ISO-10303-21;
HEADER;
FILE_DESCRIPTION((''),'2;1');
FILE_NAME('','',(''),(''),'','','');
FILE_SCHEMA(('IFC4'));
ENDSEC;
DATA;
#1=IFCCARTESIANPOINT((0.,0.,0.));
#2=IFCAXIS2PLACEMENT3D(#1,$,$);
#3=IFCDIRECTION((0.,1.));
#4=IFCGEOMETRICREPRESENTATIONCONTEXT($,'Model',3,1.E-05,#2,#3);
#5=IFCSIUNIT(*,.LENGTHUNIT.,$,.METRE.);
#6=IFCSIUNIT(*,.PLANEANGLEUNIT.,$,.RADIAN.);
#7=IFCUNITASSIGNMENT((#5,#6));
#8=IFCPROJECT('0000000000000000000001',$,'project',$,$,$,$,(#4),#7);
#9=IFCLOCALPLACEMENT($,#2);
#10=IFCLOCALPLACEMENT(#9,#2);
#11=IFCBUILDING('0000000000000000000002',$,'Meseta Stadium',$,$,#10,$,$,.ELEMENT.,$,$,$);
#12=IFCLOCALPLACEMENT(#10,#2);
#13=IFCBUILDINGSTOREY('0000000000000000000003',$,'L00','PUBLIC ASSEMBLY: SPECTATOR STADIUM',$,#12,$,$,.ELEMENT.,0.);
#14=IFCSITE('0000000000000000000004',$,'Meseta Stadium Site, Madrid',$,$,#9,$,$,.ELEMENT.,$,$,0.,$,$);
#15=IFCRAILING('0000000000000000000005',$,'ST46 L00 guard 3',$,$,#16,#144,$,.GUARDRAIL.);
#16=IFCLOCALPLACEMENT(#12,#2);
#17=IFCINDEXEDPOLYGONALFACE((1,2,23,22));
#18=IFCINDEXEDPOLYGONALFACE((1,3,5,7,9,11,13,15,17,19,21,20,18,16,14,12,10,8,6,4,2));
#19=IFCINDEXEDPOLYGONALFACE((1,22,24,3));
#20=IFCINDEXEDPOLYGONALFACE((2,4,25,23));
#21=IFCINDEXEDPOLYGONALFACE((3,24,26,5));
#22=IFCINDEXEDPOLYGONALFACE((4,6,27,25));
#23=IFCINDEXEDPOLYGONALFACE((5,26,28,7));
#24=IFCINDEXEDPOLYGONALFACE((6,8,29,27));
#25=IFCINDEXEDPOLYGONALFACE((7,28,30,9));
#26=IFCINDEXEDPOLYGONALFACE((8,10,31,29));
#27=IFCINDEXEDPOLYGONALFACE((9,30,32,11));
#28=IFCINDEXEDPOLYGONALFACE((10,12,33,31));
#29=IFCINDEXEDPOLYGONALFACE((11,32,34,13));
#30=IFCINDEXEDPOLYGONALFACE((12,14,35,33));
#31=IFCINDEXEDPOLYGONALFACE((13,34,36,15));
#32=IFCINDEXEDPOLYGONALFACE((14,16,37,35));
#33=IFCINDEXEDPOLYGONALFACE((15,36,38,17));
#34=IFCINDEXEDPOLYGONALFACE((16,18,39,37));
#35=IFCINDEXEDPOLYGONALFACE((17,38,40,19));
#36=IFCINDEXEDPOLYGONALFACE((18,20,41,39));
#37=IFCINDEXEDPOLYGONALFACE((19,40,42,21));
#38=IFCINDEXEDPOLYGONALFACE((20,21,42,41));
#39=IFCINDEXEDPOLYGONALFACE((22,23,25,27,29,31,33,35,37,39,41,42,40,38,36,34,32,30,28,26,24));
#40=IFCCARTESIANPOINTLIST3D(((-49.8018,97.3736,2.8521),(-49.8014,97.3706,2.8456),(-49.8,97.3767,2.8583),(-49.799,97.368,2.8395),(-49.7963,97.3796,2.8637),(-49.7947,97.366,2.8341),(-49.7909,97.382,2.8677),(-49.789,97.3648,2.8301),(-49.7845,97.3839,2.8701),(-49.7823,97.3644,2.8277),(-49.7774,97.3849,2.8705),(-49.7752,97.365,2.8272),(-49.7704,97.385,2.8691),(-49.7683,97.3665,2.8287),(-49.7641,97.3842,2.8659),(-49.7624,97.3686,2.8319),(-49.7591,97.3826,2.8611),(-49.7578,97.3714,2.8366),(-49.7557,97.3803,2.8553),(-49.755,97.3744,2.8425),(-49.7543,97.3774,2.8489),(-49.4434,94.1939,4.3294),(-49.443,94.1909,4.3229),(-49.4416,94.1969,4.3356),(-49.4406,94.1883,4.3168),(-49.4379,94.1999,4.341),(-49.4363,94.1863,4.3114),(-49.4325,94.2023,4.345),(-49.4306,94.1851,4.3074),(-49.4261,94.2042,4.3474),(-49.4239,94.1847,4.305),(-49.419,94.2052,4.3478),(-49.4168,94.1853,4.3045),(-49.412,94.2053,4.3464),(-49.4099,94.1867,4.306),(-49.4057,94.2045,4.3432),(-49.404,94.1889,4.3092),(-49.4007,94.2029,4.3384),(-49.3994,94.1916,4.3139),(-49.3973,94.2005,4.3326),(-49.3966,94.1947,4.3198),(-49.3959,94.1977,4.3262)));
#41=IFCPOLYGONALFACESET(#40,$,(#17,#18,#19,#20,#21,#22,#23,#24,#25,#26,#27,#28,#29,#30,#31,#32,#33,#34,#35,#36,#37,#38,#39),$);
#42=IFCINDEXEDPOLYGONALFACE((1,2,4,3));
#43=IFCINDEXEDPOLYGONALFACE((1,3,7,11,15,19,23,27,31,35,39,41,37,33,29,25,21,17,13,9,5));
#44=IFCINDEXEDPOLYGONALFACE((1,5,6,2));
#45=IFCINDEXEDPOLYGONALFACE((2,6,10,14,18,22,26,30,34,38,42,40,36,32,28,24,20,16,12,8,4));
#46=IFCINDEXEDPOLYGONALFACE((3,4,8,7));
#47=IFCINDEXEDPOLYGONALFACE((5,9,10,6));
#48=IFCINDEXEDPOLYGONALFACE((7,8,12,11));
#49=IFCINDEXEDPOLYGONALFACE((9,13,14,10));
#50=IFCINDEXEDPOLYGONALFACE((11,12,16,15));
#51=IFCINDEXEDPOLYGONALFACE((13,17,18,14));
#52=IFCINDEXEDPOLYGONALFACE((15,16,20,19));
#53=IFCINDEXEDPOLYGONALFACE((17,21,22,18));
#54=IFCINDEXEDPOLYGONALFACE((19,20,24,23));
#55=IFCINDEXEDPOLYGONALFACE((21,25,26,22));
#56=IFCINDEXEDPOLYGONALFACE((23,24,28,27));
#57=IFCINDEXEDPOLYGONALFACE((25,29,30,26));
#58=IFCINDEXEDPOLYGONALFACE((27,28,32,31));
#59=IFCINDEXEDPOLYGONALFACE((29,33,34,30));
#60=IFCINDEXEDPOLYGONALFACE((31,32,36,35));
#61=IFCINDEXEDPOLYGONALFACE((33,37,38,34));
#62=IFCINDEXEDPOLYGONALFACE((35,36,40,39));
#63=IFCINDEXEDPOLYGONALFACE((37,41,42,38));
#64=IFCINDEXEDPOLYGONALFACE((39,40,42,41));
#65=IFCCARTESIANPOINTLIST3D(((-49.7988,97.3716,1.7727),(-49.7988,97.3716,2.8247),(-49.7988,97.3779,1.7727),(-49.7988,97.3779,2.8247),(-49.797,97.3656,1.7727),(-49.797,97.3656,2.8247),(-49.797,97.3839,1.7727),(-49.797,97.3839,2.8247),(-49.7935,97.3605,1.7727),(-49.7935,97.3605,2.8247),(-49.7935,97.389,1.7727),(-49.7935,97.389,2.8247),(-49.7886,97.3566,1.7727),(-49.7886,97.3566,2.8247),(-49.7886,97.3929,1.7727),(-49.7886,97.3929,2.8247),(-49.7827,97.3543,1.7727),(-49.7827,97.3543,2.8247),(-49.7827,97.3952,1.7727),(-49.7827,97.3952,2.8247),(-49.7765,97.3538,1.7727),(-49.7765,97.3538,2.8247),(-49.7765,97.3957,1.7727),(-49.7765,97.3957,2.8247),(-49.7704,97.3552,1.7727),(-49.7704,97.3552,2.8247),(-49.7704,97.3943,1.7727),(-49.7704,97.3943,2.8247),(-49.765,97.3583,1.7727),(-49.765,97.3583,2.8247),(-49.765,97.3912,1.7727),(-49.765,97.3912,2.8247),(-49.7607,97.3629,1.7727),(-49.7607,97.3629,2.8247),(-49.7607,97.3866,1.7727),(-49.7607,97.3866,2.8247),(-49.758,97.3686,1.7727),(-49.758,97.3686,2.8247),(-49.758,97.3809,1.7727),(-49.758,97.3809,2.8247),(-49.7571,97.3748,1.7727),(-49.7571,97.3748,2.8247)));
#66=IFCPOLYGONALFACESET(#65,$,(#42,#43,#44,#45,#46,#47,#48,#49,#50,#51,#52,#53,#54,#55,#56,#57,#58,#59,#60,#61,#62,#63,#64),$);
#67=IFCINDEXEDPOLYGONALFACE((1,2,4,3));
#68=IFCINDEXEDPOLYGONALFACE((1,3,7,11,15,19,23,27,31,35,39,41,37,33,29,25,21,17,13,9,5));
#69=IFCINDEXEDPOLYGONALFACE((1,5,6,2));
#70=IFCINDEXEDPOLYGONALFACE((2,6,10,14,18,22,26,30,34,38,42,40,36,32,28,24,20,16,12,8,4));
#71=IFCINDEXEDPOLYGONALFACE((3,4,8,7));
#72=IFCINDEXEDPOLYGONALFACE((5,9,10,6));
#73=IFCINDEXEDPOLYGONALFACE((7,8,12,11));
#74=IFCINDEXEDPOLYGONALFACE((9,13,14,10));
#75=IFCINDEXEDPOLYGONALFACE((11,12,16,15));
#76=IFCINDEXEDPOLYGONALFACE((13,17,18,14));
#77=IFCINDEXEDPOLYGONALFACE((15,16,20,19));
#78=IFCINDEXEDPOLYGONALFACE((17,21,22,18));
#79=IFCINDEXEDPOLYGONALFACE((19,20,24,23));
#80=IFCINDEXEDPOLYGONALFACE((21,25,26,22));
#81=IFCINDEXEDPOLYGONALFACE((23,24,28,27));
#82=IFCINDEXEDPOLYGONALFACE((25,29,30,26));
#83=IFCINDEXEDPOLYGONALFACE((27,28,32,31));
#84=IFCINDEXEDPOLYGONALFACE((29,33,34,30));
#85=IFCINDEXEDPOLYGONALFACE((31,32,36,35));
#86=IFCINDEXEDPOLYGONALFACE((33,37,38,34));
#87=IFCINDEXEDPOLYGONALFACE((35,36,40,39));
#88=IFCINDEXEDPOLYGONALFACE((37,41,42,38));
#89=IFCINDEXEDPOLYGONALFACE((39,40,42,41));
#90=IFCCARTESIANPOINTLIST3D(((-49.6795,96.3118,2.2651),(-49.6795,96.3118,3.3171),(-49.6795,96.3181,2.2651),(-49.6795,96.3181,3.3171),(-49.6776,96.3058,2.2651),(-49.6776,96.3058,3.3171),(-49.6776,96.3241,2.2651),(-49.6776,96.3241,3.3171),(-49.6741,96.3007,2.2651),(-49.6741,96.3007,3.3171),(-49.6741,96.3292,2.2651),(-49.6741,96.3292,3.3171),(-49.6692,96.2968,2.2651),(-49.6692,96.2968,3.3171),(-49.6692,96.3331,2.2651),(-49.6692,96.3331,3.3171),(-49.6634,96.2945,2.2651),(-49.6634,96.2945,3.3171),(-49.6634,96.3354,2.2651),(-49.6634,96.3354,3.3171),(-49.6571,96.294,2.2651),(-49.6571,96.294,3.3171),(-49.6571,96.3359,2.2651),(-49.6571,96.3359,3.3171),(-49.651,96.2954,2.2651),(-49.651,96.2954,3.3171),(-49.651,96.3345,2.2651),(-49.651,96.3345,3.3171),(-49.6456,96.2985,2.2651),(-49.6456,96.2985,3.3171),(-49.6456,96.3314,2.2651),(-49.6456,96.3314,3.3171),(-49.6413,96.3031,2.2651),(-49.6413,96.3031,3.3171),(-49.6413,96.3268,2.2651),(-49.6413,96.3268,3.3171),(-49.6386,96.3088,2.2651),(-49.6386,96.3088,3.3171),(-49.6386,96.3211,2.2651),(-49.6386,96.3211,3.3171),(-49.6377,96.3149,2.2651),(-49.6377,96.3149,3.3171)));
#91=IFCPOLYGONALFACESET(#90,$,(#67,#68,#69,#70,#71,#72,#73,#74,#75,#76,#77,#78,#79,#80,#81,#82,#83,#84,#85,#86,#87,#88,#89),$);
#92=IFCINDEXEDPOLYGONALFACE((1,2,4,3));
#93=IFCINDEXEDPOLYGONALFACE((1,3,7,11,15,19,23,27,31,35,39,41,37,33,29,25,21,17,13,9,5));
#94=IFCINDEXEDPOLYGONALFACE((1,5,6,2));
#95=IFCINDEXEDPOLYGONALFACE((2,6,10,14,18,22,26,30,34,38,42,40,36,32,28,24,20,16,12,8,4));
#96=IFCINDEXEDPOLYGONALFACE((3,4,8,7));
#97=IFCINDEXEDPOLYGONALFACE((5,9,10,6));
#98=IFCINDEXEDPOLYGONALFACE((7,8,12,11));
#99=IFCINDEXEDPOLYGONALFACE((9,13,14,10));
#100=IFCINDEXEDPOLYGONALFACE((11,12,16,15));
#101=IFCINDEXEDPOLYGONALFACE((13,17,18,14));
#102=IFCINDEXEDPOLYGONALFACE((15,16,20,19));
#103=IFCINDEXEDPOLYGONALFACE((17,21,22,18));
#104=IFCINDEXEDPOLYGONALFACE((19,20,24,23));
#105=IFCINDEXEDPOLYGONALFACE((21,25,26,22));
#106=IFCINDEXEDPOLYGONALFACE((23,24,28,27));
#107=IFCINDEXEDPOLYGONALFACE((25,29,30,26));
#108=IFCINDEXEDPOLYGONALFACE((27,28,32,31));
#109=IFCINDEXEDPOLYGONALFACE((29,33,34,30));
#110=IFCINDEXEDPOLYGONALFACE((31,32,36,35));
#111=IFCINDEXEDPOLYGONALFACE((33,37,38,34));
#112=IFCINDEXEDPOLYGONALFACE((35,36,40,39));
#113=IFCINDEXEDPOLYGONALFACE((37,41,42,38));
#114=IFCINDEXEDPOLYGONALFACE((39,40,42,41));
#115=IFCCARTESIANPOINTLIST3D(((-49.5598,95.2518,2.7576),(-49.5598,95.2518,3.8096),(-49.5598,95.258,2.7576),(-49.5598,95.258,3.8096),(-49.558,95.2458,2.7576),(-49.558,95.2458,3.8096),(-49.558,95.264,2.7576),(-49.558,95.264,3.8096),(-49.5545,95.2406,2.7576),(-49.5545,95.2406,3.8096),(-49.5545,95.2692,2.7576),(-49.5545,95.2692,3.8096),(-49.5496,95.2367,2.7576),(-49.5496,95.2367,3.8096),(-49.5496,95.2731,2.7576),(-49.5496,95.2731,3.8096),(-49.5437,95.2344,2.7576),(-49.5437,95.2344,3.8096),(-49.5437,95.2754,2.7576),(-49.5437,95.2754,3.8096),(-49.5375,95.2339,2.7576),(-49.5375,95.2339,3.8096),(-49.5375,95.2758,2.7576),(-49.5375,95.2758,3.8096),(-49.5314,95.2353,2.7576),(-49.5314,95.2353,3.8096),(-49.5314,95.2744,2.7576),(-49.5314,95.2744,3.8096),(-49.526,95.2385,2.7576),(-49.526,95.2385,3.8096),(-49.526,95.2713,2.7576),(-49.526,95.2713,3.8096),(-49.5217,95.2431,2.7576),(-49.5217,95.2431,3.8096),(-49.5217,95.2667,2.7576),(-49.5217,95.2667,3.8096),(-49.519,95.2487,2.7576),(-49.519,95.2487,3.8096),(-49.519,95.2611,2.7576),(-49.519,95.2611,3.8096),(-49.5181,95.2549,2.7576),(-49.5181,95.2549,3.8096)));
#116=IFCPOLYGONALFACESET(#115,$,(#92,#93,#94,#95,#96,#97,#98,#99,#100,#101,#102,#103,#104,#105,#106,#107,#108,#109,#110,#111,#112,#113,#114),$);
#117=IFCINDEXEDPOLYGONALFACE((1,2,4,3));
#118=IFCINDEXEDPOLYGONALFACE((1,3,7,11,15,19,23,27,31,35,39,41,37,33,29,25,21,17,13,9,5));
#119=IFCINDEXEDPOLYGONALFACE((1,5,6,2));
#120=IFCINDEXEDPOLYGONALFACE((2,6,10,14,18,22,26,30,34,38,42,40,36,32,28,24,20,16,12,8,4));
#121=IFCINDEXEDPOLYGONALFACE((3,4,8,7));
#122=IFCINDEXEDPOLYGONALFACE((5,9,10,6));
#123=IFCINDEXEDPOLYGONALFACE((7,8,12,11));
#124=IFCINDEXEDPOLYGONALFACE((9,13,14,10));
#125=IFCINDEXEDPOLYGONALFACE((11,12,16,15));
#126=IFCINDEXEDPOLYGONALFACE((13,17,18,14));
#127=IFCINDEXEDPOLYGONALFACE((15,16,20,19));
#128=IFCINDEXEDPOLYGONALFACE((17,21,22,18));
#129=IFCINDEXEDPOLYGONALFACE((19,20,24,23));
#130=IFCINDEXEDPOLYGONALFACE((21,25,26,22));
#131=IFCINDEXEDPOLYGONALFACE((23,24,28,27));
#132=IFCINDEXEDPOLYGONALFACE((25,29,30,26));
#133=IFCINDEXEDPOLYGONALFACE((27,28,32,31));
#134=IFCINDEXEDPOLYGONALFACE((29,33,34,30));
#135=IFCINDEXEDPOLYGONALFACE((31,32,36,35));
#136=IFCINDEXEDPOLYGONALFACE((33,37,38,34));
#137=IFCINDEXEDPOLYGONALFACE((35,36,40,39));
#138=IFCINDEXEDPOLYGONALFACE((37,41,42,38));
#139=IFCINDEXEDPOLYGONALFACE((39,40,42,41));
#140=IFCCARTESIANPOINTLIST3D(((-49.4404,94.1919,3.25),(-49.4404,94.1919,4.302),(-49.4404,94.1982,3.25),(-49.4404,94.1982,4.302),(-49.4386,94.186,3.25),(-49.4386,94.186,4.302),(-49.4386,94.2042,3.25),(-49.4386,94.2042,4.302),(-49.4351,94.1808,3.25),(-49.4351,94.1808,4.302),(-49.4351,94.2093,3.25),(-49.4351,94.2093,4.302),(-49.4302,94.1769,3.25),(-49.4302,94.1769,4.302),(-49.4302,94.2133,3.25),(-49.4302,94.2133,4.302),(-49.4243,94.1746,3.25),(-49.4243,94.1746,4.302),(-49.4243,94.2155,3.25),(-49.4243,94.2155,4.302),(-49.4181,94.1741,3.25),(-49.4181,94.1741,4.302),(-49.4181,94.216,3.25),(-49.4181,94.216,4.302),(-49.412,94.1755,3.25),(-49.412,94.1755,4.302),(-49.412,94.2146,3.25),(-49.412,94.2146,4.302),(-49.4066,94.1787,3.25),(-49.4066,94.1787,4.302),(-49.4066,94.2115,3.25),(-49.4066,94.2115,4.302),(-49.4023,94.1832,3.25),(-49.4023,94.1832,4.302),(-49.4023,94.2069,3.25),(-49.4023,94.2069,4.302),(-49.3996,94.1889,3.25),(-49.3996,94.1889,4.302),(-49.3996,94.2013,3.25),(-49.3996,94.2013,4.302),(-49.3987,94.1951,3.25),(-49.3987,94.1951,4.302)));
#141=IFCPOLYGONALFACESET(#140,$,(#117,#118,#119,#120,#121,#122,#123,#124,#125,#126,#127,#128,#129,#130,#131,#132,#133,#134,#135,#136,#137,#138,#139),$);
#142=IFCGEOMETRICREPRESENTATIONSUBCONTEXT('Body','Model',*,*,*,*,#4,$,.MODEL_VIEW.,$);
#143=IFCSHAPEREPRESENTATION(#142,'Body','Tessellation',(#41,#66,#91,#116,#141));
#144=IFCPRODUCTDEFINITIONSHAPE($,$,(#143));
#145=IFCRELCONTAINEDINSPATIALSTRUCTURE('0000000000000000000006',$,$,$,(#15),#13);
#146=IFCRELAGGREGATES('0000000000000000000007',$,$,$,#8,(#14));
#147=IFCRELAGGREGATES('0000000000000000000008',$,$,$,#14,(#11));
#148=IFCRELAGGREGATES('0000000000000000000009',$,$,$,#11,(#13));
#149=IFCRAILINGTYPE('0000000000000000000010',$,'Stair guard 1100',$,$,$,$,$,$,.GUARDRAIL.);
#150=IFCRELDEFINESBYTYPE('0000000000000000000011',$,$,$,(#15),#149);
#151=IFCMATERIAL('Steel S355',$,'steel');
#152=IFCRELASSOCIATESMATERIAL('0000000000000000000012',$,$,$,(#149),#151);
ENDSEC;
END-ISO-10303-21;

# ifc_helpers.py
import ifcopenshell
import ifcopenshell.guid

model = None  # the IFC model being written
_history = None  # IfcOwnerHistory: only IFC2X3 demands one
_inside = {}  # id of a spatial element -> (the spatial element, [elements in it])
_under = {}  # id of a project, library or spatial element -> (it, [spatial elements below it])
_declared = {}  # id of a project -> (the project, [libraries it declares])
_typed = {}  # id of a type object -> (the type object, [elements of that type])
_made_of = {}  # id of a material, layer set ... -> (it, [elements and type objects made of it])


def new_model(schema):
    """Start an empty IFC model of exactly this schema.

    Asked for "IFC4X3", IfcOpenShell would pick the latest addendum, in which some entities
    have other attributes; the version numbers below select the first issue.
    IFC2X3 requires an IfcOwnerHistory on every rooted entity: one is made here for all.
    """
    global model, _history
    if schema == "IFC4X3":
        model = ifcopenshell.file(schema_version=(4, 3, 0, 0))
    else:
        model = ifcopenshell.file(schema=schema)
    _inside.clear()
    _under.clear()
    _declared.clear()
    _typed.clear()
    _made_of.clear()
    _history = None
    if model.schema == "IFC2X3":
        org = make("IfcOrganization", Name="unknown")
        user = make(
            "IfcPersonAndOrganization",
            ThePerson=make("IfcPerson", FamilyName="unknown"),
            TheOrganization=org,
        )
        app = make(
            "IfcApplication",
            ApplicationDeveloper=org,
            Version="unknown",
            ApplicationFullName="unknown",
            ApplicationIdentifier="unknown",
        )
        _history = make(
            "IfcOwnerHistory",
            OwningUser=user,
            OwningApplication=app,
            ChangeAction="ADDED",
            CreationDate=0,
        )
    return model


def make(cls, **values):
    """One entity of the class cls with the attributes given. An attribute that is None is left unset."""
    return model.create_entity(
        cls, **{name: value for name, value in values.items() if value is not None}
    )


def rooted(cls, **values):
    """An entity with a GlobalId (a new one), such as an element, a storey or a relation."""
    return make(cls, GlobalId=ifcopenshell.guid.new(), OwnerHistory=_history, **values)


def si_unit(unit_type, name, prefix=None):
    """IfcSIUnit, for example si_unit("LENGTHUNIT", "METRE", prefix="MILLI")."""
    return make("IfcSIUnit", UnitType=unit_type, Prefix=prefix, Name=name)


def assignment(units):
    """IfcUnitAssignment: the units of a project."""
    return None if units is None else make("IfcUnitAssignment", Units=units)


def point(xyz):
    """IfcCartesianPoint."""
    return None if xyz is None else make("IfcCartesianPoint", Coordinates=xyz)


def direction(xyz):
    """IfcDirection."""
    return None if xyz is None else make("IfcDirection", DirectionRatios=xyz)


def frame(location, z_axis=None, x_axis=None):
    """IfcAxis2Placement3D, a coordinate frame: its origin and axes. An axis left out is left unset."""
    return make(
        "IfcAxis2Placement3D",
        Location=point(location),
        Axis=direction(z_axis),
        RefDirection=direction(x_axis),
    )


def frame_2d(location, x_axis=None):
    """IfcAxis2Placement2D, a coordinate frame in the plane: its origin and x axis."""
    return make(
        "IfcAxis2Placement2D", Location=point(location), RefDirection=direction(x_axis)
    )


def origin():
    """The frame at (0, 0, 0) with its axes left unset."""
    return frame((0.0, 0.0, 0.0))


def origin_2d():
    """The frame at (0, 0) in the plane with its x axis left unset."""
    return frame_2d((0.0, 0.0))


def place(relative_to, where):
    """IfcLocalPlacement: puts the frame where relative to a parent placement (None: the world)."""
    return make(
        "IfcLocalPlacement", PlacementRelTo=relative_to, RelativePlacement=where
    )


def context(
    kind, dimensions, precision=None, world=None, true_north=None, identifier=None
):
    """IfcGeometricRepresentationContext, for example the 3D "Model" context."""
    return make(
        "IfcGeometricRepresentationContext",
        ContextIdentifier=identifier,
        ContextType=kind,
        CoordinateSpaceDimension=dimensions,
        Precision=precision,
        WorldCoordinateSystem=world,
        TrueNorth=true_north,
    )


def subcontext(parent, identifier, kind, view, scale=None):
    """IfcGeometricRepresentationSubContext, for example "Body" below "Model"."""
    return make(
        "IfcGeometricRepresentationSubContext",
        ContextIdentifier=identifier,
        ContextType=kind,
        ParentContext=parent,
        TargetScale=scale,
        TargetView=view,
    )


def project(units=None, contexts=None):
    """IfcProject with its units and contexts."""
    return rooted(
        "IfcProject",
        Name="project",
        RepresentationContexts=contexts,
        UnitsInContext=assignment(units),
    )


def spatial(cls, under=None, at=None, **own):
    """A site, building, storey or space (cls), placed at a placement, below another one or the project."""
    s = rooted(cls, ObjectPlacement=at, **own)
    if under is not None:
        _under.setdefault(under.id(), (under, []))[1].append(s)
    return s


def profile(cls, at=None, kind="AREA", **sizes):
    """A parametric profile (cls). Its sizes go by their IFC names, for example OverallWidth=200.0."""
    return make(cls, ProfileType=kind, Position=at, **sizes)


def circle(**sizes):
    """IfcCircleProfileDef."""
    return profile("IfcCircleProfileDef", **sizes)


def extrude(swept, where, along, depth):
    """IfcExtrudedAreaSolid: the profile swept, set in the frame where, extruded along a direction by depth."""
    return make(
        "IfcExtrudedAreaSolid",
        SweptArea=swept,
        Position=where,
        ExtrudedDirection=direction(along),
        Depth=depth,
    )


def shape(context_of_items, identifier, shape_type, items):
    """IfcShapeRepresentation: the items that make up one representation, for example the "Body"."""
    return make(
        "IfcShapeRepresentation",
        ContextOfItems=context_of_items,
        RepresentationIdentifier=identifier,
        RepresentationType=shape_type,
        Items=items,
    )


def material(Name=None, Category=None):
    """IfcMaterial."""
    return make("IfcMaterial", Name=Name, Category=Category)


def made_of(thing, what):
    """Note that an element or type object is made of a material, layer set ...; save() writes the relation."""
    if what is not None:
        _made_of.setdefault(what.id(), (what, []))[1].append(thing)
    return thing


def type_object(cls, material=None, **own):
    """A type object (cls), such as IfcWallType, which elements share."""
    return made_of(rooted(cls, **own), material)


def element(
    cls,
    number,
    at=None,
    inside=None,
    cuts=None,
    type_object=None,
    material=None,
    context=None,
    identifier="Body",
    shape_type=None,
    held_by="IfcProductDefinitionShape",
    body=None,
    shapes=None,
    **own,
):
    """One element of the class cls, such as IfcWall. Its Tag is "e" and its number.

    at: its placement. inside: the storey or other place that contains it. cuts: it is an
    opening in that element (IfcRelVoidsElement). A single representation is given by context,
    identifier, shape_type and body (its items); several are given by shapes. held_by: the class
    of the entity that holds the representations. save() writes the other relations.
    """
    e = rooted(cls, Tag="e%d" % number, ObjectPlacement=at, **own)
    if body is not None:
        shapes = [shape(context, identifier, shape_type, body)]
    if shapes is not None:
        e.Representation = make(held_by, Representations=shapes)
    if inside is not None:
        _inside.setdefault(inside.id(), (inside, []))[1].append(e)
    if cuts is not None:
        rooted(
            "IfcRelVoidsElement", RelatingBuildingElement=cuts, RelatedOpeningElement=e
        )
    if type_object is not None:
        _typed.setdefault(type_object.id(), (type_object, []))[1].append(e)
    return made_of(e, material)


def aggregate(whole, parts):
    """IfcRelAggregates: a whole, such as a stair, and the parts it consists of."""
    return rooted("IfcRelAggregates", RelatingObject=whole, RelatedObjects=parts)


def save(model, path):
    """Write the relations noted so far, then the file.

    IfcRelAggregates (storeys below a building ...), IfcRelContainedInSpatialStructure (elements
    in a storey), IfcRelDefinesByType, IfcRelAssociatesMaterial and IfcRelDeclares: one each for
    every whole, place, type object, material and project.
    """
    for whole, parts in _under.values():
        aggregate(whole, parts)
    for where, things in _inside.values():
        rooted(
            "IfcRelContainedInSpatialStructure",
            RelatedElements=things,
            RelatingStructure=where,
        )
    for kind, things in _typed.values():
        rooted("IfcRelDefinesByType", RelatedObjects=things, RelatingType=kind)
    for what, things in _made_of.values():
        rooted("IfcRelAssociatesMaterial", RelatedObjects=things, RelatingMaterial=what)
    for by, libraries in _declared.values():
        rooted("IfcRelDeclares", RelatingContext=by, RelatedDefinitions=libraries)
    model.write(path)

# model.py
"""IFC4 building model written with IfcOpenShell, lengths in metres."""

from ifc_helpers import new_model, si_unit, direction, frame, origin, origin_2d, place, context, subcontext, project, spatial, circle, extrude, material, type_object, element, save


model = new_model("IFC4")

# Units and contexts
model_context = context("Model", 3, precision=1e-05, world=origin(), true_north=direction((0.0, 1.0)))
body_context = subcontext(model_context, "Body", "Model", "MODEL_VIEW")
ifc_project = project(units=[si_unit("LENGTHUNIT", "METRE"), si_unit("PLANEANGLEUNIT", "RADIAN")], contexts=[model_context])

# Site, building, storey
site_placement = place(None, origin())
site = spatial("IfcSite", under=ifc_project, at=site_placement, Name="Meseta Stadium Site, Madrid", CompositionType="ELEMENT", RefElevation=0.0)
building_placement = place(site_placement, origin())
building = spatial("IfcBuilding", under=site, at=building_placement, Name="Meseta Stadium", CompositionType="ELEMENT")
storey_placement = place(building_placement, origin())
storey = spatial("IfcBuildingStorey", under=building, at=storey_placement, Name="L00", Description="PUBLIC ASSEMBLY: SPECTATOR STADIUM", CompositionType="ELEMENT", Elevation=0.0)

# Railing
ifc_material_1 = material(Name="Steel S355", Category="steel")
railing_type_1 = type_object("IfcRailingType", Name="Stair guard 1100", PredefinedType="GUARDRAIL", material=ifc_material_1)
railing_1_placement = place(storey_placement, frame((-49.7781, 97.3748, 1.7727)))
element("IfcRailing", 1, at=railing_1_placement, inside=storey, type_object=railing_type_1, Name="ST46 L00 guard 3", PredefinedType="GUARDRAIL", context=body_context, shape_type="SweptSolid", body=[
    extrude(circle(Radius=0.0239, at=origin_2d()), frame((0.0, 0.0, 1.0762), z_axis=(0.101691, -0.902197, 0.419164), x_axis=(0.993708, 0.112006, 0.0)), (0.0, 0.0, 1.0), 3.5244),
    extrude(circle(Radius=0.021, at=origin_2d()), origin(), (0.0, 0.0, 1.0), 1.052),
    extrude(circle(Radius=0.021, at=origin_2d()), frame((0.1194, -1.0598, 0.4924)), (0.0, 0.0, 1.0), 1.052),
    extrude(circle(Radius=0.021, at=origin_2d()), frame((0.239, -2.1199, 0.9849)), (0.0, 0.0, 1.0), 1.052),
    extrude(circle(Radius=0.021, at=origin_2d()), frame((0.3584, -3.1797, 1.4773)), (0.0, 0.0, 1.0), 1.052),
])

save(model, "model.ifc")
